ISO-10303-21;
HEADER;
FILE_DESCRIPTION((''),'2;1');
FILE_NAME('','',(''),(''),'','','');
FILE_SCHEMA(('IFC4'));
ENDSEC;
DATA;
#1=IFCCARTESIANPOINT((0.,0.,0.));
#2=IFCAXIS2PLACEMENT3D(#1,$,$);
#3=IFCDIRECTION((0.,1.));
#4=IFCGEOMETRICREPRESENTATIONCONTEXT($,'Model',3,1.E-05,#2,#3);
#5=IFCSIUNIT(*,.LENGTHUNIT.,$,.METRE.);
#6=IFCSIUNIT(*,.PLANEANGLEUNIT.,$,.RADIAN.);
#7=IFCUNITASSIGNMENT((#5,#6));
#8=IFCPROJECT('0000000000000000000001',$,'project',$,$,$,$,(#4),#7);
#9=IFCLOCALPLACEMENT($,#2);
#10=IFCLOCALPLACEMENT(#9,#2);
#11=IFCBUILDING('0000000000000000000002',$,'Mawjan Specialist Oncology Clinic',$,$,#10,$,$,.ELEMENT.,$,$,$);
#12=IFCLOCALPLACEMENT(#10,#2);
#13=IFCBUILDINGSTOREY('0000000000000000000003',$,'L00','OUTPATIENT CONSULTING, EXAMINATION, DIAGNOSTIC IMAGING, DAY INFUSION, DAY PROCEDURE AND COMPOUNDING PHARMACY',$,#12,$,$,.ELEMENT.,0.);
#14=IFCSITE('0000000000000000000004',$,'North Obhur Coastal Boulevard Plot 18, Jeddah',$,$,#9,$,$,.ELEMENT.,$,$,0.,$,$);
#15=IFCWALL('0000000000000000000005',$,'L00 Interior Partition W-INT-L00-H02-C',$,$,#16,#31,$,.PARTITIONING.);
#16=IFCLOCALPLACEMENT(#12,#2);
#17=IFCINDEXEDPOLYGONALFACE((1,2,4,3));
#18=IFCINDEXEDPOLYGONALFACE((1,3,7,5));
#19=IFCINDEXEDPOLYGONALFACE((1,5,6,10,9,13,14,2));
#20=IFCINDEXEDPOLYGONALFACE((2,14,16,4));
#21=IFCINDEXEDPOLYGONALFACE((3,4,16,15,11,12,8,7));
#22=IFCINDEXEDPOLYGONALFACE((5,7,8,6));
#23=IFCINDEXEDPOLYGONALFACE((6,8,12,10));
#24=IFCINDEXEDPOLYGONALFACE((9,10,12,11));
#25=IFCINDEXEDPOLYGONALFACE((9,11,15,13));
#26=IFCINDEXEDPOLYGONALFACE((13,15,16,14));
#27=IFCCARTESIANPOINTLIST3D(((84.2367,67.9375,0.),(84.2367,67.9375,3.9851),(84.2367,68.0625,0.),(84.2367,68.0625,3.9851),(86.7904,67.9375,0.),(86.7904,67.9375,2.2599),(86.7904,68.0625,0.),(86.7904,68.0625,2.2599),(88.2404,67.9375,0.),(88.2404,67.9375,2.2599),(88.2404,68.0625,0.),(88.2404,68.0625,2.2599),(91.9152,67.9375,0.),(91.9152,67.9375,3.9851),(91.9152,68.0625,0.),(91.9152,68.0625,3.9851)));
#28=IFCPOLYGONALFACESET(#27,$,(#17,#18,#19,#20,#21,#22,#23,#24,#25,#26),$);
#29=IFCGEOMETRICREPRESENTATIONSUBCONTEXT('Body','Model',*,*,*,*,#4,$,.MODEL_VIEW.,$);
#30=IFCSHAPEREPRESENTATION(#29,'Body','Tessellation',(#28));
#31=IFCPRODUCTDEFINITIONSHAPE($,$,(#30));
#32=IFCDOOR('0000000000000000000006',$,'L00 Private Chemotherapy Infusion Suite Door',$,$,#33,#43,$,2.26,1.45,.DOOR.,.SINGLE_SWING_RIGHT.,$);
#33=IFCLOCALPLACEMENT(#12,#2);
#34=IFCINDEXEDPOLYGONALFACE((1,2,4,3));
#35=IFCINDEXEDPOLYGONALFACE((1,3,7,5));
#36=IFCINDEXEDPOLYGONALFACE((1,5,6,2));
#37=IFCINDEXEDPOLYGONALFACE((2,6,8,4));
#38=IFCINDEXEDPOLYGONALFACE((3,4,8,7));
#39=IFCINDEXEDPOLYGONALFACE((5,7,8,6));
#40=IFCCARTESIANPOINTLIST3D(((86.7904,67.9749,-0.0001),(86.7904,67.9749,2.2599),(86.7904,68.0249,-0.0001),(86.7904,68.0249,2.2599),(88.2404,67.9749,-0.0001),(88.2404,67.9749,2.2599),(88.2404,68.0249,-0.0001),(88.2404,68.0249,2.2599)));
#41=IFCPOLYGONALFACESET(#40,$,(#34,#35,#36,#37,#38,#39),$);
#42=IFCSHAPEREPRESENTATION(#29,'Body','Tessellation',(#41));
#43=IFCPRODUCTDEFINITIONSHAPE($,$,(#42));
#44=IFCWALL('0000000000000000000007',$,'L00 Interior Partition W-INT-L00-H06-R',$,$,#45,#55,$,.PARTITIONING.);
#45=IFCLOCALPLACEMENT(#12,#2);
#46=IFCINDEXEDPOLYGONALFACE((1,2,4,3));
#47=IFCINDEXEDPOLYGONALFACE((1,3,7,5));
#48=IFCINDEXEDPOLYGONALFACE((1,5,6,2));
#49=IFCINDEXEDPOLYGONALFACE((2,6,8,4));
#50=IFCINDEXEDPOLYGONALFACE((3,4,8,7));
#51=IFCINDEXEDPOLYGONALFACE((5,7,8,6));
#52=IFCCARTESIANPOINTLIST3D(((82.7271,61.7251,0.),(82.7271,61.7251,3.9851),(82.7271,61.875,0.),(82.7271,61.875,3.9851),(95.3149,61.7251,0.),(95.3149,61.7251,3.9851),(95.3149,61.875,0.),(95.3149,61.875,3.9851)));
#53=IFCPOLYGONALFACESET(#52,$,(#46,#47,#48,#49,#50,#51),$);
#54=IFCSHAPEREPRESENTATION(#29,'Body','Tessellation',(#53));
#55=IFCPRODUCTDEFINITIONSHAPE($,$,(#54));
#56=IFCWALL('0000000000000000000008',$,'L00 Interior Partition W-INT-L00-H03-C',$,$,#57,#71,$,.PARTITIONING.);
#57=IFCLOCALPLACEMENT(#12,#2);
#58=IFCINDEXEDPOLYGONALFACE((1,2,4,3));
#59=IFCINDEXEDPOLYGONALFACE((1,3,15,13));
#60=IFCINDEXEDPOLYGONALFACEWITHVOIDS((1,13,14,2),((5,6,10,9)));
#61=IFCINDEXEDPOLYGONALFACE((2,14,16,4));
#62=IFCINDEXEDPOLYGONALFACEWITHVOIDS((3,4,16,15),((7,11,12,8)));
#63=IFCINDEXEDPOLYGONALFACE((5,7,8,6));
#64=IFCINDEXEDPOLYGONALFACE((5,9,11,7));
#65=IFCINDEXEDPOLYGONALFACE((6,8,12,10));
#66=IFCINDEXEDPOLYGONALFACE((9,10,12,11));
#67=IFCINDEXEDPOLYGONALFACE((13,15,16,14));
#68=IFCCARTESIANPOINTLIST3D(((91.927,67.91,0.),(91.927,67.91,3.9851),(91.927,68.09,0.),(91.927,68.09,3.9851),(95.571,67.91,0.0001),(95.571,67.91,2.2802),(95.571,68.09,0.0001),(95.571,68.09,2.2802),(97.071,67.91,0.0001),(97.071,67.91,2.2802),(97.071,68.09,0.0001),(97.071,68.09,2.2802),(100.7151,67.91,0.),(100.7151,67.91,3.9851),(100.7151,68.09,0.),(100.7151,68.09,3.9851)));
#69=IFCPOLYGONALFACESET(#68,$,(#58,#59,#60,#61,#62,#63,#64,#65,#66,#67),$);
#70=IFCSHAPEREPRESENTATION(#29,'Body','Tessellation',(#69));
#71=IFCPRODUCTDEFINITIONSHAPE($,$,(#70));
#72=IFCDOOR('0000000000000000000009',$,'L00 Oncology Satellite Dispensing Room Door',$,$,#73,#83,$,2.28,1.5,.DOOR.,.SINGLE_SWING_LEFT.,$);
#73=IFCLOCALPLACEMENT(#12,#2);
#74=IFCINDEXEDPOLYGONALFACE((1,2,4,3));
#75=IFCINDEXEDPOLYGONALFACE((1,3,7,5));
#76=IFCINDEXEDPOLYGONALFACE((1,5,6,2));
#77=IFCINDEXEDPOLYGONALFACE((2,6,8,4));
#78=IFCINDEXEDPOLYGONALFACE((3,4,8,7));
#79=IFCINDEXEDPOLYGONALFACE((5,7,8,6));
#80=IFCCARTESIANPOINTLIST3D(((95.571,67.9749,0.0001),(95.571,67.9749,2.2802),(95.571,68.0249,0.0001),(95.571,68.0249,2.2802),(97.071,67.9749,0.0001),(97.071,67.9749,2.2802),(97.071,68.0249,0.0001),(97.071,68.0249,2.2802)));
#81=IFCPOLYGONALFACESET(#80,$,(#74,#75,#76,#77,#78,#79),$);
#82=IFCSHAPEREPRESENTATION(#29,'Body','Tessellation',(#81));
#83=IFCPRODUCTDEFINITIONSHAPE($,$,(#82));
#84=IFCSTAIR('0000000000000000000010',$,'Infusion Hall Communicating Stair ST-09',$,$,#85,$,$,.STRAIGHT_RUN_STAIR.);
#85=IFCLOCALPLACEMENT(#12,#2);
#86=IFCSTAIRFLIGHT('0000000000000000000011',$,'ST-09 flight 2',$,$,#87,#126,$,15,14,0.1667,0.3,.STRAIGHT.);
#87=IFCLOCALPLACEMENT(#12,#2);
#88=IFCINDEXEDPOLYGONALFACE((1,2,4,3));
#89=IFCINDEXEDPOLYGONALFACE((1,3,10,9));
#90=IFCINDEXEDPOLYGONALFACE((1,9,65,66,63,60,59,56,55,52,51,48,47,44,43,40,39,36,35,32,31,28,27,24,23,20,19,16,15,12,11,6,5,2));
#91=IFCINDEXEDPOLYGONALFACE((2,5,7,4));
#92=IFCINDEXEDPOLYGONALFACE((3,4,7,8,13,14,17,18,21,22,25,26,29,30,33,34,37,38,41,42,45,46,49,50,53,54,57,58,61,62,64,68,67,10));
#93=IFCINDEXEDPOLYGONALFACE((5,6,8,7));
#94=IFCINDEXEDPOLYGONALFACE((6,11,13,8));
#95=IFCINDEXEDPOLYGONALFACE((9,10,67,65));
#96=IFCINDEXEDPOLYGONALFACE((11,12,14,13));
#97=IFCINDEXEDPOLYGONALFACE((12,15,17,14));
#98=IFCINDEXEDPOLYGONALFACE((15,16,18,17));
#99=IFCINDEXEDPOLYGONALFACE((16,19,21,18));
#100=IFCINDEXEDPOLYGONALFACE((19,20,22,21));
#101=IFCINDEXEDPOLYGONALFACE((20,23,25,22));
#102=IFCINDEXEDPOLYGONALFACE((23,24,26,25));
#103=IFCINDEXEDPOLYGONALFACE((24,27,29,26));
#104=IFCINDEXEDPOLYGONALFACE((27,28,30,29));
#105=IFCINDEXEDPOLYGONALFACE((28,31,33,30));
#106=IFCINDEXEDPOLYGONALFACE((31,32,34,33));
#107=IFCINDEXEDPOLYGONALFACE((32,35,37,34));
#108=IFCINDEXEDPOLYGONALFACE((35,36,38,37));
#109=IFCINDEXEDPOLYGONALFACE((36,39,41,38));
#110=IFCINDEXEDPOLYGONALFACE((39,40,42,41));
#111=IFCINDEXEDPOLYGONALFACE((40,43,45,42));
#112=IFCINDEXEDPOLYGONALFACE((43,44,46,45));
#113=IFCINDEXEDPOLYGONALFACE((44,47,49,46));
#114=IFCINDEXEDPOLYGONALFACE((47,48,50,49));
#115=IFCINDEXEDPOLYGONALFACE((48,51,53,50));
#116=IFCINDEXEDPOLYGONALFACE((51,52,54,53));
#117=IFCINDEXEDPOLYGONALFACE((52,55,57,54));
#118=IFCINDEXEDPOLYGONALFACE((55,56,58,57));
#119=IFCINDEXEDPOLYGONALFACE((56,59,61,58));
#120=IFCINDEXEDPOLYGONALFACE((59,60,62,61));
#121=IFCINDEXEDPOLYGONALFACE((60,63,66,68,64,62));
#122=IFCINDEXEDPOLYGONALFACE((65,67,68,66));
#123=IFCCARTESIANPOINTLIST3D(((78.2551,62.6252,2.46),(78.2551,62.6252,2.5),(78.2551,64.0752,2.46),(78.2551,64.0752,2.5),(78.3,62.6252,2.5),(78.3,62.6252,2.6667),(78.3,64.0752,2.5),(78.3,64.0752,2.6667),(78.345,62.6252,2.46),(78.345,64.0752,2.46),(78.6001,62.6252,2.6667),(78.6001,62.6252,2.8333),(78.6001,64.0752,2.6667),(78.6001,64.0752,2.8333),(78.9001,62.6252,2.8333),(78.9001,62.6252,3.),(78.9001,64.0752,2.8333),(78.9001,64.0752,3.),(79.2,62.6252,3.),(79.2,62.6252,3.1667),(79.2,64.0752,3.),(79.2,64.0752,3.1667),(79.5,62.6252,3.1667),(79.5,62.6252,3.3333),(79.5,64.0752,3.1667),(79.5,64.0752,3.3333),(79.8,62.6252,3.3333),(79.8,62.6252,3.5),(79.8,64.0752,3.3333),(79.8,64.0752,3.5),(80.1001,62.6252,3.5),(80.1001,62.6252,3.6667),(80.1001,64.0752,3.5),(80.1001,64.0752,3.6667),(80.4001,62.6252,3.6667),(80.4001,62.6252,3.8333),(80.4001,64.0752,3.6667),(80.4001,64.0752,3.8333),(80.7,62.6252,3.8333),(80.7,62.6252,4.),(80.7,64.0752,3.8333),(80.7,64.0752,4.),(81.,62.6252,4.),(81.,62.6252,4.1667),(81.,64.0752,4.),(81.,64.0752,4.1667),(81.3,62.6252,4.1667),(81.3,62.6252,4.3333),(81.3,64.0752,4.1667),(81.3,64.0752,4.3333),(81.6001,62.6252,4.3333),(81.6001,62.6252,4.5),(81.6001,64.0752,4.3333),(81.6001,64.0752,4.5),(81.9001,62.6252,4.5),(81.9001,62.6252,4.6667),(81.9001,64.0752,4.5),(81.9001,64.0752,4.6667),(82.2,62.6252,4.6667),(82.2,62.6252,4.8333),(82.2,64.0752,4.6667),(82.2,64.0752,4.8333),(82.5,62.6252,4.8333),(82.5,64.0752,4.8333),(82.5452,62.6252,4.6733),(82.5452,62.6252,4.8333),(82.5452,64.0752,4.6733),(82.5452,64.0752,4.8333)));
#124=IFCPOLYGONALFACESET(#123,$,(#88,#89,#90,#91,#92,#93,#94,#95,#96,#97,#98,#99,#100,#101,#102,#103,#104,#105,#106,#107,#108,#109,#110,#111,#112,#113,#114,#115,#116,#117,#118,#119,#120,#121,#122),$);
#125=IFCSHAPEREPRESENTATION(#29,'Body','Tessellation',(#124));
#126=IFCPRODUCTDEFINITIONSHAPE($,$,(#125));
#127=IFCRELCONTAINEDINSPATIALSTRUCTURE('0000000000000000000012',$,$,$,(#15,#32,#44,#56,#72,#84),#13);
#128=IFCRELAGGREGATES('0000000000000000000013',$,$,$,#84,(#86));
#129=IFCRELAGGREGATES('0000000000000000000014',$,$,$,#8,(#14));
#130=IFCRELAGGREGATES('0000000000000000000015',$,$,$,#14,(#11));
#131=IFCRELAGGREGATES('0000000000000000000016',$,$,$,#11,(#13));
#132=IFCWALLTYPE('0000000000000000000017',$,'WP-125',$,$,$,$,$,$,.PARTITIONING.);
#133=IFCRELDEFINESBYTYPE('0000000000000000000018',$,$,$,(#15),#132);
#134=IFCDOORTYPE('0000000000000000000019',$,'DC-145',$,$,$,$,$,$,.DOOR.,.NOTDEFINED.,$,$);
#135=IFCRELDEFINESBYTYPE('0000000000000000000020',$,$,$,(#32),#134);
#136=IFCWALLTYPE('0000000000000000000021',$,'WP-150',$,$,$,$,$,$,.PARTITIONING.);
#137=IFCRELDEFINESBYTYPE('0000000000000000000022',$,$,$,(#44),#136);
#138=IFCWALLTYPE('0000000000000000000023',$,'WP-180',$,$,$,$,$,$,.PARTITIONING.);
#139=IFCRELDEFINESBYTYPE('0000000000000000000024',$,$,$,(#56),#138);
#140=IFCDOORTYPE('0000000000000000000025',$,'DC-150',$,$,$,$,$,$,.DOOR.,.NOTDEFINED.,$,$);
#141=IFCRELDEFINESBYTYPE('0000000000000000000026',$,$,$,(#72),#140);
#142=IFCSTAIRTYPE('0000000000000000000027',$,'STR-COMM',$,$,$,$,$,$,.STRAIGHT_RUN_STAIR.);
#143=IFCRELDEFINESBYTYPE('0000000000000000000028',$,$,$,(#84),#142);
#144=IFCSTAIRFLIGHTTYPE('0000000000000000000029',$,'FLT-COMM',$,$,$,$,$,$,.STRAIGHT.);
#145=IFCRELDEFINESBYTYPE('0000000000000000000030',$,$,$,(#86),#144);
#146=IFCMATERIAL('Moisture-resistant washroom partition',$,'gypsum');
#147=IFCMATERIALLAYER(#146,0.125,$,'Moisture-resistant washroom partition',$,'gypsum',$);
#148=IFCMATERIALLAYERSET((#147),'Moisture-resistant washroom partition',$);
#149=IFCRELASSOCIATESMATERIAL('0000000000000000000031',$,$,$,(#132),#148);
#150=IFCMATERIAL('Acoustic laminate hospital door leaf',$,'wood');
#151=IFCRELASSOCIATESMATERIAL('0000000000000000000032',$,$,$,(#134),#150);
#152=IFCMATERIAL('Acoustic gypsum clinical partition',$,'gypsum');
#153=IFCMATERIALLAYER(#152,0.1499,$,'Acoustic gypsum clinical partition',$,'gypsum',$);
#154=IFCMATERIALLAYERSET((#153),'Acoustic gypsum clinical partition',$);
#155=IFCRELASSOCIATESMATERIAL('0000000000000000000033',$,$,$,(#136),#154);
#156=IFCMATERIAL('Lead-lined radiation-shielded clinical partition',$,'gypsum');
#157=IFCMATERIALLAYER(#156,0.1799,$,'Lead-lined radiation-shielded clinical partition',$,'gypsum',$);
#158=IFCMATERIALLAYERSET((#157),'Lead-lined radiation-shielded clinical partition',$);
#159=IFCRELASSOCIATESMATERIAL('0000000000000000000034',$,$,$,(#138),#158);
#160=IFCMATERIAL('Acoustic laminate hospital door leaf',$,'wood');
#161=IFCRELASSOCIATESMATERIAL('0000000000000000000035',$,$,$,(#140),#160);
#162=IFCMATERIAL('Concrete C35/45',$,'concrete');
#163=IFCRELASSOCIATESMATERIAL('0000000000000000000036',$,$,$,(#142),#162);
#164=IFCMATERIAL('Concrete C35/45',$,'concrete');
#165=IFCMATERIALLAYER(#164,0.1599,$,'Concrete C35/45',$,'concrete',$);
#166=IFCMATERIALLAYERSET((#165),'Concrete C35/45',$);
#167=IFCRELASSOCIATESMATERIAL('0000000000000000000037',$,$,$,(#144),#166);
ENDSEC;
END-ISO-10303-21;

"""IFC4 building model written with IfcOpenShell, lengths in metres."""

from ifc_helpers import new_model, si_unit, direction, frame, frame_2d, origin, place, context, subcontext, project, spatial, polyline, rectangle, outline, extrude, material, layer, layer_set, type_object, element, fill, aggregate, save


model = new_model("IFC4")

# Units and contexts
model_context = context("Model", 3, precision=1e-05, world=origin(), true_north=direction((0.0, 1.0)))
body_context = subcontext(model_context, "Body", "Model", "MODEL_VIEW")
ifc_project = project(units=[si_unit("LENGTHUNIT", "METRE"), si_unit("PLANEANGLEUNIT", "RADIAN")], contexts=[model_context])

# Site, building, storey
site_placement = place(None, origin())
site = spatial("IfcSite", under=ifc_project, at=site_placement, Name="North Obhur Coastal Boulevard Plot 18, Jeddah", CompositionType="ELEMENT", RefElevation=0.0)
building_placement = place(site_placement, origin())
building = spatial("IfcBuilding", under=site, at=building_placement, Name="Mawjan Specialist Oncology Clinic", CompositionType="ELEMENT")
storey_placement = place(building_placement, origin())
storey = spatial("IfcBuildingStorey", under=building, at=storey_placement, Name="L00", Description="OUTPATIENT CONSULTING, EXAMINATION, DIAGNOSTIC IMAGING, DAY INFUSION, DAY PROCEDURE AND COMPOUNDING PHARMACY", CompositionType="ELEMENT", Elevation=0.0)

# Wall, opening, door
ifc_material_1 = material(Name="Moisture-resistant washroom partition", Category="gypsum")
ifc_layer_1 = layer(ifc_material_1, 0.125, Name="Moisture-resistant washroom partition", Category="gypsum")
ifc_layer_set_1 = layer_set([ifc_layer_1], Name="Moisture-resistant washroom partition")
wall_type_1 = type_object("IfcWallType", Name="WP-125", PredefinedType="PARTITIONING", material=ifc_layer_set_1)
wall_1_placement = place(storey_placement, frame((84.2366, 68.0, 0.0), z_axis=(0.0, 0.0, 1.0), x_axis=(1.0, 0.0, 0.0)))
wall_1 = element("IfcWall", 1, at=wall_1_placement, inside=storey, type_object=wall_type_1, Name="L00 Interior Partition W-INT-L00-H02-C", PredefinedType="PARTITIONING", context=body_context, shape_type="SweptSolid", body=[
    extrude(rectangle(XDim=7.6785, YDim=0.125, at=frame_2d((3.8394, 0.0))), origin(), (0.0, 0.0, 1.0), 3.9851),
])
opening_1_placement = place(wall_1_placement, frame((2.5537, 0.0, 0.0)))
opening_1 = element("IfcOpeningElement", 2, at=opening_1_placement, cuts=wall_1, PredefinedType="OPENING", context=body_context, shape_type="SweptSolid", body=[
    extrude(rectangle(XDim=1.45, YDim=2.26, at=frame_2d((0.7251, 1.1299))), frame((0.0, 0.0745, 0.0), z_axis=(0.0, -1.0, 0.0), x_axis=(1.0, 0.0, 0.0)), (0.0, 0.0, 1.0), 0.1489),
])
ifc_material_2 = material(Name="Acoustic laminate hospital door leaf", Category="wood")
door_type_1 = type_object("IfcDoorType", Name="DC-145", OperationType="NOTDEFINED", PredefinedType="DOOR", material=ifc_material_2)
door_1_placement = place(opening_1_placement, origin())
door_1 = element("IfcDoor", 3, at=door_1_placement, inside=storey, type_object=door_type_1, Name="L00 Private Chemotherapy Infusion Suite Door", OperationType="SINGLE_SWING_RIGHT", OverallHeight=2.26, OverallWidth=1.45, PredefinedType="DOOR", context=body_context, shape_type="SweptSolid", body=[
    extrude(rectangle(XDim=1.45, YDim=2.26, at=frame_2d((0.7251, 1.1299))), frame((0.0, 0.0249, 0.0), z_axis=(0.0, -1.0, 0.0), x_axis=(1.0, 0.0, 0.0)), (0.0, 0.0, 1.0), 0.05),
])
fill(opening_1, door_1)

# Wall
ifc_material_3 = material(Name="Acoustic gypsum clinical partition", Category="gypsum")
ifc_layer_2 = layer(ifc_material_3, 0.1499, Name="Acoustic gypsum clinical partition", Category="gypsum")
ifc_layer_set_2 = layer_set([ifc_layer_2], Name="Acoustic gypsum clinical partition")
wall_type_2 = type_object("IfcWallType", Name="WP-150", PredefinedType="PARTITIONING", material=ifc_layer_set_2)
wall_2_placement = place(storey_placement, frame((82.7271, 61.8, 0.0), z_axis=(0.0, 0.0, 1.0), x_axis=(1.0, 0.0, 0.0)))
element("IfcWall", 4, at=wall_2_placement, inside=storey, type_object=wall_type_2, Name="L00 Interior Partition W-INT-L00-H06-R", PredefinedType="PARTITIONING", context=body_context, shape_type="SweptSolid", body=[
    extrude(rectangle(XDim=12.5879, YDim=0.1499, at=frame_2d((6.2939, 0.0))), origin(), (0.0, 0.0, 1.0), 3.9851),
])

# Wall, opening, door
ifc_material_4 = material(Name="Lead-lined radiation-shielded clinical partition", Category="gypsum")
ifc_layer_3 = layer(ifc_material_4, 0.1799, Name="Lead-lined radiation-shielded clinical partition", Category="gypsum")
ifc_layer_set_3 = layer_set([ifc_layer_3], Name="Lead-lined radiation-shielded clinical partition")
wall_type_3 = type_object("IfcWallType", Name="WP-180", PredefinedType="PARTITIONING", material=ifc_layer_set_3)
wall_3_placement = place(storey_placement, frame((91.927, 68.0, 0.0), z_axis=(0.0, 0.0, 1.0), x_axis=(1.0, 0.0, 0.0)))
wall_3 = element("IfcWall", 5, at=wall_3_placement, inside=storey, type_object=wall_type_3, Name="L00 Interior Partition W-INT-L00-H03-C", PredefinedType="PARTITIONING", context=body_context, shape_type="SweptSolid", body=[
    extrude(rectangle(XDim=8.7881, YDim=0.1799, at=frame_2d((4.394, 0.0))), origin(), (0.0, 0.0, 1.0), 3.9851),
])
opening_2_placement = place(wall_3_placement, frame((3.644, 0.0, 0.0)))
opening_2 = element("IfcOpeningElement", 6, at=opening_2_placement, cuts=wall_3, PredefinedType="OPENING", context=body_context, shape_type="SweptSolid", body=[
    extrude(rectangle(XDim=1.5, YDim=2.28, at=frame_2d((0.75, 1.1401))), frame((0.0, 0.1021, 0.0), z_axis=(0.0, -1.0, 0.0), x_axis=(1.0, 0.0, 0.0)), (0.0, 0.0, 1.0), 0.2039),
])
ifc_material_5 = material(Name="Acoustic laminate hospital door leaf", Category="wood")
door_type_2 = type_object("IfcDoorType", Name="DC-150", OperationType="NOTDEFINED", PredefinedType="DOOR", material=ifc_material_5)
door_2_placement = place(opening_2_placement, origin())
door_2 = element("IfcDoor", 7, at=door_2_placement, inside=storey, type_object=door_type_2, Name="L00 Oncology Satellite Dispensing Room Door", OperationType="SINGLE_SWING_LEFT", OverallHeight=2.28, OverallWidth=1.5, PredefinedType="DOOR", context=body_context, shape_type="SweptSolid", body=[
    extrude(rectangle(XDim=1.5, YDim=2.28, at=frame_2d((0.75, 1.1401))), frame((0.0, 0.0249, 0.0), z_axis=(0.0, -1.0, 0.0), x_axis=(1.0, 0.0, 0.0)), (0.0, 0.0, 1.0), 0.05),
])
fill(opening_2, door_2)

# Stair, stair flight
ifc_material_6 = material(Name="Concrete C35/45", Category="concrete")
stair_type = type_object("IfcStairType", Name="STR-COMM", PredefinedType="STRAIGHT_RUN_STAIR", material=ifc_material_6)
stair_placement = place(storey_placement, origin())
stair = element("IfcStair", 8, at=stair_placement, inside=storey, type_object=stair_type, Name="Infusion Hall Communicating Stair ST-09", PredefinedType="STRAIGHT_RUN_STAIR")
ifc_material_7 = material(Name="Concrete C35/45", Category="concrete")
ifc_layer_4 = layer(ifc_material_7, 0.1599, Name="Concrete C35/45", Category="concrete")
ifc_layer_set_4 = layer_set([ifc_layer_4], Name="Concrete C35/45")
stair_flight_type = type_object("IfcStairFlightType", Name="FLT-COMM", PredefinedType="STRAIGHT", material=ifc_layer_set_4)
stair_flight_placement = place(storey_placement, frame((78.3, 63.3501, 2.5), z_axis=(0.0, 0.0, 1.0), x_axis=(1.0, 0.0, 0.0)))
stair_flight = element("IfcStairFlight", 9, at=stair_flight_placement, type_object=stair_flight_type, Name="ST-09 flight 2", NumberOfRisers=15, NumberOfTreads=14, PredefinedType="STRAIGHT", RiserHeight=0.1667, TreadLength=0.3, context=body_context, shape_type="SweptSolid", body=[
    extrude(outline(polyline([(-0.0449, -0.04), (-0.0449, 0.0), (0.0, 0.0), (0.0, 0.1667), (0.3, 0.1667), (0.3, 0.3333), (0.6001, 0.3333), (0.6001, 0.5), (0.8999, 0.5), (0.8999, 0.6667), (1.2, 0.6667), (1.2, 0.8333), (1.5, 0.8333), (1.5, 1.0), (1.8, 1.0), (1.8, 1.1667), (2.1001, 1.1667), (2.1001, 1.3333), (2.3999, 1.3333), (2.3999, 1.5), (2.7, 1.5), (2.7, 1.6667), (3.0, 1.6667), (3.0, 1.8333), (3.3, 1.8333), (3.3, 2.0), (3.6001, 2.0), (3.6001, 2.1667), (3.8999, 2.1667), (3.8999, 2.3333), (4.2, 2.3333), (4.2451, 2.3333), (4.2451, 2.1733), (0.0449, -0.04), (-0.0449, -0.04)])), frame((0.0, 0.7251, 0.0), z_axis=(0.0, -1.0, 0.0), x_axis=(1.0, 0.0, 0.0)), (0.0, 0.0, 1.0), 1.45),
])
aggregate(stair, [stair_flight])

save(model, "model.ifc")
